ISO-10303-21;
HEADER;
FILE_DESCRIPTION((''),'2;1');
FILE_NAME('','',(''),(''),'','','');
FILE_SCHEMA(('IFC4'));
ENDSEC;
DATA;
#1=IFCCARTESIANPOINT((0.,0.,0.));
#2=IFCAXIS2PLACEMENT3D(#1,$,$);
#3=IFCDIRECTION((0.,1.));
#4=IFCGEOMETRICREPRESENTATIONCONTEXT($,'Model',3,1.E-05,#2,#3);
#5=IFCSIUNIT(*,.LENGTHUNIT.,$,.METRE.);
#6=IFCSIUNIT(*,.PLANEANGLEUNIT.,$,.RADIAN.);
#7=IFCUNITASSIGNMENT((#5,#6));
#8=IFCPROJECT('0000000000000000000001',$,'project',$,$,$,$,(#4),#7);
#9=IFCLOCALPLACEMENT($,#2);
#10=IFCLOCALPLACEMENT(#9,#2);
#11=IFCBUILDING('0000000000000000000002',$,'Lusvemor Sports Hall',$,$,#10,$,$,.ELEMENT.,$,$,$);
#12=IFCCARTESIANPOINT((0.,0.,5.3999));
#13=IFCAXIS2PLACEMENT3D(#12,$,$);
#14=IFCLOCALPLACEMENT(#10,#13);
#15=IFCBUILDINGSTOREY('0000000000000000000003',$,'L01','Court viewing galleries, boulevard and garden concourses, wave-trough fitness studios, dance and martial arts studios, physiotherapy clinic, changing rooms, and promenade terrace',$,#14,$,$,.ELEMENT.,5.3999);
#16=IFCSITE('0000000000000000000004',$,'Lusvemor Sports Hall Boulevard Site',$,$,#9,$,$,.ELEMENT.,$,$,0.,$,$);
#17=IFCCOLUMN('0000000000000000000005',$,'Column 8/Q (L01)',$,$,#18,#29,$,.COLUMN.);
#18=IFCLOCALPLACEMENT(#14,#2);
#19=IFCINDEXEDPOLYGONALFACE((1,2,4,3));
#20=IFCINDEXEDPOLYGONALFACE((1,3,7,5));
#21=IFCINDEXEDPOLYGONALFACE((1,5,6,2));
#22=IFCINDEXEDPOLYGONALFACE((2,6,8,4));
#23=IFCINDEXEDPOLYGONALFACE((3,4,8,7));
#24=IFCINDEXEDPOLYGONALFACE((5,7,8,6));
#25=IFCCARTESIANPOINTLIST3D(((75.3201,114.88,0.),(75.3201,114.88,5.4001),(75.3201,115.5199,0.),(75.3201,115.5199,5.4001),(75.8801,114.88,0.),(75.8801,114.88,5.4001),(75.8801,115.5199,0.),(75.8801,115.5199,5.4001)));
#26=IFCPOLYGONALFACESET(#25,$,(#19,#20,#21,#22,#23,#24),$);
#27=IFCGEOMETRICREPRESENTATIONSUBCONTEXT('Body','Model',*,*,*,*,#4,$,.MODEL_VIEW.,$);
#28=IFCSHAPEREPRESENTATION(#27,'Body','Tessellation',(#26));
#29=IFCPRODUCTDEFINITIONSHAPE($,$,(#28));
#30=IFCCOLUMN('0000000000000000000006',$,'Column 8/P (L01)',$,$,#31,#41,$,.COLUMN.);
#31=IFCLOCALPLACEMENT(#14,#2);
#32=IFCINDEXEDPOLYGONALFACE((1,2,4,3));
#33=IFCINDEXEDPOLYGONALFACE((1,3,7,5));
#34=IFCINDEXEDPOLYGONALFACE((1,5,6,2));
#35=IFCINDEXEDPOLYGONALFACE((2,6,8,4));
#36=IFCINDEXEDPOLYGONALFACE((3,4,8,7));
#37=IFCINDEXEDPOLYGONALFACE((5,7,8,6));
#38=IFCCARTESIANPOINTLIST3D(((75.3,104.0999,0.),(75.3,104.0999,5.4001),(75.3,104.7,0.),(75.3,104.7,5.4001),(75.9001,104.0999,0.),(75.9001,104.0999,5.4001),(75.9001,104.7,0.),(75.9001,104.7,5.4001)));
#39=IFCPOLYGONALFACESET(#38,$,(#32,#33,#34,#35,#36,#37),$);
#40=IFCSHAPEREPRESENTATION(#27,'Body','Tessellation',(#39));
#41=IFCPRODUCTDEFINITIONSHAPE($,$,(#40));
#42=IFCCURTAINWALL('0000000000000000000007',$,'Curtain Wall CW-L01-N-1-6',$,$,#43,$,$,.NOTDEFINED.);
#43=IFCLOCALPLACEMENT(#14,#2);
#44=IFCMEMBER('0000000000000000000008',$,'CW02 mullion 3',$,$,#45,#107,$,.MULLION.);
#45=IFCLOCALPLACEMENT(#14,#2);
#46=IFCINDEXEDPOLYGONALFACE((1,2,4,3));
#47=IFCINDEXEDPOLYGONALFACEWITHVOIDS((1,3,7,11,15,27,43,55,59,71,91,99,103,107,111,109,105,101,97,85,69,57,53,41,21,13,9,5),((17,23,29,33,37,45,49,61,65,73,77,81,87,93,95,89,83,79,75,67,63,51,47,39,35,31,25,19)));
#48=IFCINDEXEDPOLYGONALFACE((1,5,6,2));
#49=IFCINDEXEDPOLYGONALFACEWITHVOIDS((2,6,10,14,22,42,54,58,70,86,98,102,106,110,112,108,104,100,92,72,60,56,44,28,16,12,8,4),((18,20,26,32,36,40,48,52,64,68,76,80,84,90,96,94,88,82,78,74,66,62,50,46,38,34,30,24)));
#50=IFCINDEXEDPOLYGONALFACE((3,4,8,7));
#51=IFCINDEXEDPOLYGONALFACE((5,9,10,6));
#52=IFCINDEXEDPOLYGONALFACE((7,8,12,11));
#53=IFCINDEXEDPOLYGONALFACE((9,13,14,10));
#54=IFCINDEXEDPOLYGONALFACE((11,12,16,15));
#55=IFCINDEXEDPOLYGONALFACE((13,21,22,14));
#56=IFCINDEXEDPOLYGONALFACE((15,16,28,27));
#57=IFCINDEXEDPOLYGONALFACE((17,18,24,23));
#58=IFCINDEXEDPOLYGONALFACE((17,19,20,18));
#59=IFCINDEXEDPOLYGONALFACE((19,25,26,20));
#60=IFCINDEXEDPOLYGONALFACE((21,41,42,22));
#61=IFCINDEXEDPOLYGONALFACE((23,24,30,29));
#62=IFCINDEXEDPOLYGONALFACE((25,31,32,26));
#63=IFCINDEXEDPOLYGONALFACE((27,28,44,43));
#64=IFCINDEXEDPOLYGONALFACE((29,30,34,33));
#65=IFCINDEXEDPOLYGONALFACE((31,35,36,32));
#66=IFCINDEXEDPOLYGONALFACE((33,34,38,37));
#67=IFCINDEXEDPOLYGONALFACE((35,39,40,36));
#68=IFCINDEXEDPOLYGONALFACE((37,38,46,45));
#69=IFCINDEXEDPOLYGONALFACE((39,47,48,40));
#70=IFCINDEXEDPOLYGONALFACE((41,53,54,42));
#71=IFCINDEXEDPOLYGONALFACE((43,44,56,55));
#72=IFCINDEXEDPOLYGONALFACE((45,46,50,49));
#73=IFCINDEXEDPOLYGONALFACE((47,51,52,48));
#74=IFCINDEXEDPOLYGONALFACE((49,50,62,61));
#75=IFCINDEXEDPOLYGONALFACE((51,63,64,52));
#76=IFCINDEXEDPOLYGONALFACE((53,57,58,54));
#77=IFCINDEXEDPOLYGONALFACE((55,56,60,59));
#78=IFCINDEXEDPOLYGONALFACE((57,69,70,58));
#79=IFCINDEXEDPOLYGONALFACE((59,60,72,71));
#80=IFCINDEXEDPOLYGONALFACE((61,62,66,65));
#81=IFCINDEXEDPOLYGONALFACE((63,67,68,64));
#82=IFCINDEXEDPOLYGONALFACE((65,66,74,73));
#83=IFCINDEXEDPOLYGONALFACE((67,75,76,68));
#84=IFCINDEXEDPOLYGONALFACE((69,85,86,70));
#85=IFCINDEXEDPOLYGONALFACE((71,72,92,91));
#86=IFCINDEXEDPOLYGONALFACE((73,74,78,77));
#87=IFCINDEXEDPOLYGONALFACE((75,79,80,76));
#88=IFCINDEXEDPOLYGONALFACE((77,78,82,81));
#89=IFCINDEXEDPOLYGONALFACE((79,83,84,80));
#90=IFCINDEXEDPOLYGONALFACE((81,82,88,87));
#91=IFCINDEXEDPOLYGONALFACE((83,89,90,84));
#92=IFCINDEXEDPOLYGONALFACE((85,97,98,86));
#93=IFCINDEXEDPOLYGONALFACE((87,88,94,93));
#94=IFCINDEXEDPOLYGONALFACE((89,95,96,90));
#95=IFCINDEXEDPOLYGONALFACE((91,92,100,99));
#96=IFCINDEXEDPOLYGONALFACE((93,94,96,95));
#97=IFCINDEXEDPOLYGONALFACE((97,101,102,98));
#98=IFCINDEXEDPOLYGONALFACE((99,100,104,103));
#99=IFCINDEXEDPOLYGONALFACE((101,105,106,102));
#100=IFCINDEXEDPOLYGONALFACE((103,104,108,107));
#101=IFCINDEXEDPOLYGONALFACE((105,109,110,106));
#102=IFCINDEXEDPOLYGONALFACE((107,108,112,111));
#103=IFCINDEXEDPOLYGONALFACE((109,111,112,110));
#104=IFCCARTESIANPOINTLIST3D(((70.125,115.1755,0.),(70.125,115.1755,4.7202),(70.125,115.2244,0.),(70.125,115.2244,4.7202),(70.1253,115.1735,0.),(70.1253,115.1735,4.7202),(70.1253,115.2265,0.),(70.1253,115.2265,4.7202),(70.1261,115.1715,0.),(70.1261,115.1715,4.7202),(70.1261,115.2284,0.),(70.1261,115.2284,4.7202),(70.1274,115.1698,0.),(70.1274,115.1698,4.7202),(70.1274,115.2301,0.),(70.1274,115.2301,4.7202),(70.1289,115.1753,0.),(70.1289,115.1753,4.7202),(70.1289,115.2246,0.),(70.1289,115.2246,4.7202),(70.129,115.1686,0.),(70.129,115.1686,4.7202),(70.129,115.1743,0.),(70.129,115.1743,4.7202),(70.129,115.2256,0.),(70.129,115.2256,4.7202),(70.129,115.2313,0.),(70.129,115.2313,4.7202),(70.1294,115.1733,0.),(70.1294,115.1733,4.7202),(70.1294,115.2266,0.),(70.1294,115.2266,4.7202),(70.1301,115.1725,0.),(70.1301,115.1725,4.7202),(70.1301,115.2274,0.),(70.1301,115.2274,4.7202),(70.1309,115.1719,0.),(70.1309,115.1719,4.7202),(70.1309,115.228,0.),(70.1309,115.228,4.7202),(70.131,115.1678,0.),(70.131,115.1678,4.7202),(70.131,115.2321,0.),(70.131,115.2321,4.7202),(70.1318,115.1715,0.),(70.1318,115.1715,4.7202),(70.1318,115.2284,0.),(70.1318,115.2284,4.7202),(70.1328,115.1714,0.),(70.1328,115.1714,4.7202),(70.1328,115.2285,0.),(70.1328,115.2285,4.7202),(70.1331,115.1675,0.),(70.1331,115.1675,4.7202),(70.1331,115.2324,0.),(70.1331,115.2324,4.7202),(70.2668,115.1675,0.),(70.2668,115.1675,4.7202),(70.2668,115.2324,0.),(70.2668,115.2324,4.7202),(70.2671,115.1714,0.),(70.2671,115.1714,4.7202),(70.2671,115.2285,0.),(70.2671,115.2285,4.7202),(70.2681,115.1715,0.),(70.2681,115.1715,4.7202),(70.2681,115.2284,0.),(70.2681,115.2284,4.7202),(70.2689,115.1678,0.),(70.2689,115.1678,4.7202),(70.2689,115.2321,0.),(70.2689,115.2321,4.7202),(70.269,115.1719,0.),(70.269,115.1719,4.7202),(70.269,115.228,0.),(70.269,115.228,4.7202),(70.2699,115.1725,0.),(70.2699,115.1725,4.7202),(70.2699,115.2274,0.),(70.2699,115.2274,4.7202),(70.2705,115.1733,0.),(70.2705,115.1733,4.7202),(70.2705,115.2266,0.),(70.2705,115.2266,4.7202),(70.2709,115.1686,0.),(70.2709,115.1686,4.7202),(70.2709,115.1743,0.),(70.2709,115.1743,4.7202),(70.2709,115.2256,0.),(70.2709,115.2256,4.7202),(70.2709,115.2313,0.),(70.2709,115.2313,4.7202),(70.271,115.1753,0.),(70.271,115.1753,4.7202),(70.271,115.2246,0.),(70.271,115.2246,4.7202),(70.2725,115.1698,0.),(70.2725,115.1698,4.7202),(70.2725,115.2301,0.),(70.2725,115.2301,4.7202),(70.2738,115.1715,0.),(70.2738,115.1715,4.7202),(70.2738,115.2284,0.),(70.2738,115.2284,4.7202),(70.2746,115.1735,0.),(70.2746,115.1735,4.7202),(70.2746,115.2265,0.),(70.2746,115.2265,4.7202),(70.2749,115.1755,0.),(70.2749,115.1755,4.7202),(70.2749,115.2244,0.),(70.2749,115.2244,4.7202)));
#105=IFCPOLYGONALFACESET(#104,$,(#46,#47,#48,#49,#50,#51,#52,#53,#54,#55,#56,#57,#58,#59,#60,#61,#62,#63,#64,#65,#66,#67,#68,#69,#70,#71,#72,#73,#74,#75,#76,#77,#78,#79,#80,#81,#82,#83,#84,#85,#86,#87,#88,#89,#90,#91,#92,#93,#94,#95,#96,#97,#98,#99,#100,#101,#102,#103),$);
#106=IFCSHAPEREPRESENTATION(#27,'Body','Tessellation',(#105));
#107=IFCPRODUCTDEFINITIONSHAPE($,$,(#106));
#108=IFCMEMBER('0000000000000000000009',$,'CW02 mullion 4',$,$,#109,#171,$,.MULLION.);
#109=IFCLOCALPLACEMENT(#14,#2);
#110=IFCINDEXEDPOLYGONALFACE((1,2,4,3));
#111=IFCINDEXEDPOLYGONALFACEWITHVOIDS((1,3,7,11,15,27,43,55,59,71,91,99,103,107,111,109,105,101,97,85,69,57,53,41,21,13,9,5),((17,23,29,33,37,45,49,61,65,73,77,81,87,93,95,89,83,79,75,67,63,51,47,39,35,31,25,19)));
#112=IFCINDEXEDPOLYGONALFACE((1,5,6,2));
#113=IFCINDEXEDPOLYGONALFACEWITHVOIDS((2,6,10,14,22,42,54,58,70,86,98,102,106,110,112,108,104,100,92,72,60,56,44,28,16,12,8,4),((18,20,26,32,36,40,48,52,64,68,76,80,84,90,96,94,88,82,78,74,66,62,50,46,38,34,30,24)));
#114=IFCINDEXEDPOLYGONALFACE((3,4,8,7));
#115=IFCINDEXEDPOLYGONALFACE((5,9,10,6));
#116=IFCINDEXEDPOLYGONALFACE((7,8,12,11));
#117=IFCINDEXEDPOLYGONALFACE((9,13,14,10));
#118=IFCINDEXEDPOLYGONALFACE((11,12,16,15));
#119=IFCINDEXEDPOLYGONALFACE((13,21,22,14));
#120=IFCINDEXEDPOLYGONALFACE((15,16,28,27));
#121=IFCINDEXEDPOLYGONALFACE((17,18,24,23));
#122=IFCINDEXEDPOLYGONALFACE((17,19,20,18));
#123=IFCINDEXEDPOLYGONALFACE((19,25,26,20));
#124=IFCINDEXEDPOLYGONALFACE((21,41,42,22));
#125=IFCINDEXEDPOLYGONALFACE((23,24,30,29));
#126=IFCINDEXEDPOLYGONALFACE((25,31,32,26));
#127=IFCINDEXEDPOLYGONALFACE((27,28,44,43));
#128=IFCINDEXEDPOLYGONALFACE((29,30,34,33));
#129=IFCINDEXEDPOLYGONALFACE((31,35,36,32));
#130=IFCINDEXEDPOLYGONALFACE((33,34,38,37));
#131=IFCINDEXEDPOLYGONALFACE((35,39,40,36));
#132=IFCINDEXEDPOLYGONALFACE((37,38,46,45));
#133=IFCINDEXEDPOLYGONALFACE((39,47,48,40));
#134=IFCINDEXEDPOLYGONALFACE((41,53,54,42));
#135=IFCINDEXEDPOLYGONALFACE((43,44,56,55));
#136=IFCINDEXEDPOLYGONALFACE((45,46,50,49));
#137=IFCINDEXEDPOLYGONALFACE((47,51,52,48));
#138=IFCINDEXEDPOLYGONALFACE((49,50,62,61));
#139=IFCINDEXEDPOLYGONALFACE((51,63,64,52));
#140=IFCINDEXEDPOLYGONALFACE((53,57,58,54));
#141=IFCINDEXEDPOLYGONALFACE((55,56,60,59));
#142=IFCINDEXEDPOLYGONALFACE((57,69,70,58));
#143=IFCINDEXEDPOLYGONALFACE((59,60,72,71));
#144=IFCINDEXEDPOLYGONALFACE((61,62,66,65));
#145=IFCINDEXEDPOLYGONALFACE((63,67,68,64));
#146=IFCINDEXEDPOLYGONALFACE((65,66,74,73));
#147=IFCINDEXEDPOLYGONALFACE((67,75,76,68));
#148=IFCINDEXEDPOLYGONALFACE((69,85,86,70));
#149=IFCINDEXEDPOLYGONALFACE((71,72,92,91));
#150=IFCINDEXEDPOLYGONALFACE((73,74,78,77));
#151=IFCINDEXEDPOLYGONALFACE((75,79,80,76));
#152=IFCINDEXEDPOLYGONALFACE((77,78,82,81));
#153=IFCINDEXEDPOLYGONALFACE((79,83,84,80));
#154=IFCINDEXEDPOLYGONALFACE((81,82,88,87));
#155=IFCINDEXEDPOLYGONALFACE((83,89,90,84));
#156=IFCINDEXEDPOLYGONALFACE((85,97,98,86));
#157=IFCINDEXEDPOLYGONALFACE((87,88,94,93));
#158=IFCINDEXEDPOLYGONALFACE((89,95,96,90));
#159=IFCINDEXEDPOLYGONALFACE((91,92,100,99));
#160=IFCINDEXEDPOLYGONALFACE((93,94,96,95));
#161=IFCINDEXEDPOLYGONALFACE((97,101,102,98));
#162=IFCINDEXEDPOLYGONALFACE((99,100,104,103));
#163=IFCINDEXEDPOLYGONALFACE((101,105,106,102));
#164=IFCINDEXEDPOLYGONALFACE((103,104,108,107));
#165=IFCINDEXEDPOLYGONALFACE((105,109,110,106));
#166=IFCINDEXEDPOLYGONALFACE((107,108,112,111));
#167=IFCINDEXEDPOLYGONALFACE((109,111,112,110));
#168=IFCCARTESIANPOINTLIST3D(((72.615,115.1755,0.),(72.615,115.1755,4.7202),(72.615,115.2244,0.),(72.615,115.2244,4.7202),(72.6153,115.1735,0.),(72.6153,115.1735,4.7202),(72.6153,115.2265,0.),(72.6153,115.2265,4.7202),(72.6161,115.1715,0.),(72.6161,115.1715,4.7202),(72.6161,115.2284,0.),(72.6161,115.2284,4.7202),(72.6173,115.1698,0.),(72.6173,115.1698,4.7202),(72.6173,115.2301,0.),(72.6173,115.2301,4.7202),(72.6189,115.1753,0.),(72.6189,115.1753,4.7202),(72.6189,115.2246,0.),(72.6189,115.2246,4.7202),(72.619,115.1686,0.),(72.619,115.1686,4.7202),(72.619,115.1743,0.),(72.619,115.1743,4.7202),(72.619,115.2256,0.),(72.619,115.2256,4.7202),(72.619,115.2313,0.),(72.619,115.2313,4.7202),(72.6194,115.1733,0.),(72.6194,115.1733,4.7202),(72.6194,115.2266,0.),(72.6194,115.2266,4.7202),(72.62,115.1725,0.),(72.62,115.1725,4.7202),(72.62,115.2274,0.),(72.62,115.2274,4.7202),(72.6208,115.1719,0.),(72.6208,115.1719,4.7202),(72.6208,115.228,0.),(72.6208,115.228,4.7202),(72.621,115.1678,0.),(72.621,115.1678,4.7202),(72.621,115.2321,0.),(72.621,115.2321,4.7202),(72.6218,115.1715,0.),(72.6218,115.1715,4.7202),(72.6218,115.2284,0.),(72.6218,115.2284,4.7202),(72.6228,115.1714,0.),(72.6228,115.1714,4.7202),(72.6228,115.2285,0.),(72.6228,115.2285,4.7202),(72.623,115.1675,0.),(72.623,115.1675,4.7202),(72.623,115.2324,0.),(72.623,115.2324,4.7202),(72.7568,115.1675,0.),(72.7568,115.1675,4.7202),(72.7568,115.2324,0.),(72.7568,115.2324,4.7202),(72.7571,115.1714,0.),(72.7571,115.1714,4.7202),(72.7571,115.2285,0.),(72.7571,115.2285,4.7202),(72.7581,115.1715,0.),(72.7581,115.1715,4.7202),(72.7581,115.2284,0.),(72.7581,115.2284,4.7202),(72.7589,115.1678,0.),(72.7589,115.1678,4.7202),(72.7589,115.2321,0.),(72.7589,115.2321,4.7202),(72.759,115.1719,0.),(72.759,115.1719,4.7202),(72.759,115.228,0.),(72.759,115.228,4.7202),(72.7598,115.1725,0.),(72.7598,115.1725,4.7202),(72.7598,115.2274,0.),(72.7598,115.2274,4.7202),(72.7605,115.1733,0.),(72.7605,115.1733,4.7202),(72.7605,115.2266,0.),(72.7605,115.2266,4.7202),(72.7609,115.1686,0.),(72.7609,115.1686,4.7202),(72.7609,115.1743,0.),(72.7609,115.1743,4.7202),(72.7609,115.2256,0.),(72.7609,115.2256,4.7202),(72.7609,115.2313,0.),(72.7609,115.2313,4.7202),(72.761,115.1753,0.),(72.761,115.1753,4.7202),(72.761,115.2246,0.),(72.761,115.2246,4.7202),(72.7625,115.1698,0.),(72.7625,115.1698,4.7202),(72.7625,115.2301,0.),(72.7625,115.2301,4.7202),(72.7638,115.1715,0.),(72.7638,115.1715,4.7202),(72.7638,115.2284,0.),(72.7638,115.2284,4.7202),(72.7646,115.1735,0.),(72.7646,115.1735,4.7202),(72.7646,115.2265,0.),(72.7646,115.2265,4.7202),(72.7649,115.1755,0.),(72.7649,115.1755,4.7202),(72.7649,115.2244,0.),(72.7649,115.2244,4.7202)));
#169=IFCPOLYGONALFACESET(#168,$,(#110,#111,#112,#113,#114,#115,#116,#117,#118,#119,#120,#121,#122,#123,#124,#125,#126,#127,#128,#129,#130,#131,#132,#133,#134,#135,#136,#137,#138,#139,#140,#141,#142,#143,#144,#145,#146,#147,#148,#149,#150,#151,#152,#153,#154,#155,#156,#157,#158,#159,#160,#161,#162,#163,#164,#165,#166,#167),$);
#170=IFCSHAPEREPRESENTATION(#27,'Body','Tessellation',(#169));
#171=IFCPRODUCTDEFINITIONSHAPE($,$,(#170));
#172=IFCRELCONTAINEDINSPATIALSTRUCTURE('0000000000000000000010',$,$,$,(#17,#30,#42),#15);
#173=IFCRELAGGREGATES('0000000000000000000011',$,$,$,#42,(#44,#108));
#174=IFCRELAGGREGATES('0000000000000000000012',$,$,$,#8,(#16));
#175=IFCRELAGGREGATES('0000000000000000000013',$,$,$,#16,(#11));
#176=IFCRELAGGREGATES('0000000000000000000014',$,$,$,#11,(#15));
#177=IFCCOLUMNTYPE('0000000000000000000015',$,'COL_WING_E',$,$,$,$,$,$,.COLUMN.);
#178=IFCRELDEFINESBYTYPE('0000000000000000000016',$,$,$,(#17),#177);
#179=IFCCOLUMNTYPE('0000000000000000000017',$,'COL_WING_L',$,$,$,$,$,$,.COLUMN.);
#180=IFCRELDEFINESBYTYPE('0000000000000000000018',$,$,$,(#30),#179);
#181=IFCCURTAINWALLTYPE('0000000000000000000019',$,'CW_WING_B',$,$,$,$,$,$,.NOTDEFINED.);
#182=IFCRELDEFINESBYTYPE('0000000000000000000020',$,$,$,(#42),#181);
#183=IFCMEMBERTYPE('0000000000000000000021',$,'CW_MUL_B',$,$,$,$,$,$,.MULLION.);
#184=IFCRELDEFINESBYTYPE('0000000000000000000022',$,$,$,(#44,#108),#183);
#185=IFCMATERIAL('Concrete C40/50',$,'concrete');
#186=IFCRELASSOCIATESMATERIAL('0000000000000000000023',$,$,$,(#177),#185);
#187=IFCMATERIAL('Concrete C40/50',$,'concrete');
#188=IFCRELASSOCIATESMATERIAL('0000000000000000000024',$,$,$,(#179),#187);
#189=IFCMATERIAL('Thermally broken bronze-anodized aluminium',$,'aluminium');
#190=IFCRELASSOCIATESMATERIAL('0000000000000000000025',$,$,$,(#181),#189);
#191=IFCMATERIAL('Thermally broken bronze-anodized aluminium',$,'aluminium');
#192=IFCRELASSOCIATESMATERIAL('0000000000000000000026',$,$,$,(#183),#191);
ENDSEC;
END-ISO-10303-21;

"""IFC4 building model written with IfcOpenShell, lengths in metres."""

from ifc_helpers import new_model, si_unit, direction, frame, origin, origin_2d, place, context, subcontext, project, spatial, rectangle, hollow_rectangle, extrude, material, material_profile, profile_set, type_object, element, aggregate, save


model = new_model("IFC4")

# Units and contexts
model_context = context("Model", 3, precision=1e-05, world=origin(), true_north=direction((0.0, 1.0)))
body_context = subcontext(model_context, "Body", "Model", "MODEL_VIEW")
ifc_project = project(units=[si_unit("LENGTHUNIT", "METRE"), si_unit("PLANEANGLEUNIT", "RADIAN")], contexts=[model_context])

# Site, building, storey
site_placement = place(None, origin())
site = spatial("IfcSite", under=ifc_project, at=site_placement, Name="Lusvemor Sports Hall Boulevard Site", CompositionType="ELEMENT", RefElevation=0.0)
building_placement = place(site_placement, origin())
building = spatial("IfcBuilding", under=site, at=building_placement, Name="Lusvemor Sports Hall", CompositionType="ELEMENT")
storey_placement = place(building_placement, frame((0.0, 0.0, 5.3999)))
storey = spatial("IfcBuildingStorey", under=building, at=storey_placement, Name="L01", Description="Court viewing galleries, boulevard and garden concourses, wave-trough fitness studios, dance and martial arts studios, physiotherapy clinic, changing rooms, and promenade terrace", CompositionType="ELEMENT", Elevation=5.3999)

# Columns
ifc_material_1 = material(Name="Concrete C40/50", Category="concrete")
ifc_material_profile_1 = material_profile(ifc_material_1, rectangle(XDim=0.5601, YDim=0.6399, at=origin_2d()), Name="RC560x640")
ifc_profile_set_1 = profile_set([ifc_material_profile_1], Name="Concrete C40/50")
column_type_1 = type_object("IfcColumnType", Name="COL_WING_E", PredefinedType="COLUMN", material=ifc_profile_set_1)
column_1_placement = place(storey_placement, frame((75.6001, 115.2, 0.0), z_axis=(0.0, 0.0, 1.0), x_axis=(1.0, 0.0, 0.0)))
element("IfcColumn", 1, at=column_1_placement, inside=storey, type_object=column_type_1, Name="Column 8/Q (L01)", PredefinedType="COLUMN", context=body_context, shape_type="SweptSolid", body=[
    extrude(rectangle(XDim=0.5601, YDim=0.6399, at=origin_2d()), origin(), (0.0, 0.0, 1.0), 5.4001),
])
ifc_material_2 = material(Name="Concrete C40/50", Category="concrete")
ifc_material_profile_2 = material_profile(ifc_material_2, rectangle(XDim=0.6001, YDim=0.6001, at=origin_2d()), Name="RC600x600")
ifc_profile_set_2 = profile_set([ifc_material_profile_2], Name="Concrete C40/50")
column_type_2 = type_object("IfcColumnType", Name="COL_WING_L", PredefinedType="COLUMN", material=ifc_profile_set_2)
column_2_placement = place(storey_placement, frame((75.6001, 104.3999, 0.0), z_axis=(0.0, 0.0, 1.0), x_axis=(1.0, 0.0, 0.0)))
element("IfcColumn", 2, at=column_2_placement, inside=storey, type_object=column_type_2, Name="Column 8/P (L01)", PredefinedType="COLUMN", context=body_context, shape_type="SweptSolid", body=[
    extrude(rectangle(XDim=0.6001, YDim=0.6001, at=origin_2d()), origin(), (0.0, 0.0, 1.0), 5.4001),
])

# Curtain wall, members
ifc_material_3 = material(Name="Thermally broken bronze-anodized aluminium", Category="aluminium")
curtain_wall_type = type_object("IfcCurtainWallType", Name="CW_WING_B", PredefinedType="NOTDEFINED", material=ifc_material_3)
curtain_wall_placement = place(storey_placement, origin())
curtain_wall = element("IfcCurtainWall", 3, at=curtain_wall_placement, inside=storey, type_object=curtain_wall_type, Name="Curtain Wall CW-L01-N-1-6", PredefinedType="NOTDEFINED")
ifc_material_4 = material(Name="Thermally broken bronze-anodized aluminium", Category="aluminium")
ifc_material_profile_3 = material_profile(ifc_material_4, hollow_rectangle(XDim=0.0649, YDim=0.1499, WallThickness=0.0039, InnerFilletRadius=0.0039, OuterFilletRadius=0.0081, at=origin_2d()), Name="CWMUL150x65x4")
ifc_profile_set_3 = profile_set([ifc_material_profile_3], Name="Thermally broken bronze-anodized aluminium")
member_type_1 = type_object("IfcMemberType", Name="CW_MUL_B", PredefinedType="MULLION", material=ifc_profile_set_3)
member_1_placement = place(storey_placement, frame((70.2, 115.2, 0.0), z_axis=(0.0, 0.0, 1.0), x_axis=(0.0, 1.0, 0.0)))
member_1 = element("IfcMember", 4, at=member_1_placement, type_object=member_type_1, Name="CW02 mullion 3", PredefinedType="MULLION", context=body_context, shape_type="SweptSolid", body=[
    extrude(hollow_rectangle(XDim=0.0649, YDim=0.1499, WallThickness=0.0039, InnerFilletRadius=0.0039, OuterFilletRadius=0.0081, at=origin_2d()), origin(), (0.0, 0.0, 1.0), 4.7202),
])
member_2_placement = place(storey_placement, frame((72.6899, 115.2, 0.0), z_axis=(0.0, 0.0, 1.0), x_axis=(0.0, 1.0, 0.0)))
member_2 = element("IfcMember", 5, at=member_2_placement, type_object=member_type_1, Name="CW02 mullion 4", PredefinedType="MULLION", context=body_context, shape_type="SweptSolid", body=[
    extrude(hollow_rectangle(XDim=0.0649, YDim=0.1499, WallThickness=0.0039, InnerFilletRadius=0.0039, OuterFilletRadius=0.0081, at=origin_2d()), origin(), (0.0, 0.0, 1.0), 4.7202),
])

aggregate(curtain_wall, [member_1, member_2])

save(model, "model.ifc")
